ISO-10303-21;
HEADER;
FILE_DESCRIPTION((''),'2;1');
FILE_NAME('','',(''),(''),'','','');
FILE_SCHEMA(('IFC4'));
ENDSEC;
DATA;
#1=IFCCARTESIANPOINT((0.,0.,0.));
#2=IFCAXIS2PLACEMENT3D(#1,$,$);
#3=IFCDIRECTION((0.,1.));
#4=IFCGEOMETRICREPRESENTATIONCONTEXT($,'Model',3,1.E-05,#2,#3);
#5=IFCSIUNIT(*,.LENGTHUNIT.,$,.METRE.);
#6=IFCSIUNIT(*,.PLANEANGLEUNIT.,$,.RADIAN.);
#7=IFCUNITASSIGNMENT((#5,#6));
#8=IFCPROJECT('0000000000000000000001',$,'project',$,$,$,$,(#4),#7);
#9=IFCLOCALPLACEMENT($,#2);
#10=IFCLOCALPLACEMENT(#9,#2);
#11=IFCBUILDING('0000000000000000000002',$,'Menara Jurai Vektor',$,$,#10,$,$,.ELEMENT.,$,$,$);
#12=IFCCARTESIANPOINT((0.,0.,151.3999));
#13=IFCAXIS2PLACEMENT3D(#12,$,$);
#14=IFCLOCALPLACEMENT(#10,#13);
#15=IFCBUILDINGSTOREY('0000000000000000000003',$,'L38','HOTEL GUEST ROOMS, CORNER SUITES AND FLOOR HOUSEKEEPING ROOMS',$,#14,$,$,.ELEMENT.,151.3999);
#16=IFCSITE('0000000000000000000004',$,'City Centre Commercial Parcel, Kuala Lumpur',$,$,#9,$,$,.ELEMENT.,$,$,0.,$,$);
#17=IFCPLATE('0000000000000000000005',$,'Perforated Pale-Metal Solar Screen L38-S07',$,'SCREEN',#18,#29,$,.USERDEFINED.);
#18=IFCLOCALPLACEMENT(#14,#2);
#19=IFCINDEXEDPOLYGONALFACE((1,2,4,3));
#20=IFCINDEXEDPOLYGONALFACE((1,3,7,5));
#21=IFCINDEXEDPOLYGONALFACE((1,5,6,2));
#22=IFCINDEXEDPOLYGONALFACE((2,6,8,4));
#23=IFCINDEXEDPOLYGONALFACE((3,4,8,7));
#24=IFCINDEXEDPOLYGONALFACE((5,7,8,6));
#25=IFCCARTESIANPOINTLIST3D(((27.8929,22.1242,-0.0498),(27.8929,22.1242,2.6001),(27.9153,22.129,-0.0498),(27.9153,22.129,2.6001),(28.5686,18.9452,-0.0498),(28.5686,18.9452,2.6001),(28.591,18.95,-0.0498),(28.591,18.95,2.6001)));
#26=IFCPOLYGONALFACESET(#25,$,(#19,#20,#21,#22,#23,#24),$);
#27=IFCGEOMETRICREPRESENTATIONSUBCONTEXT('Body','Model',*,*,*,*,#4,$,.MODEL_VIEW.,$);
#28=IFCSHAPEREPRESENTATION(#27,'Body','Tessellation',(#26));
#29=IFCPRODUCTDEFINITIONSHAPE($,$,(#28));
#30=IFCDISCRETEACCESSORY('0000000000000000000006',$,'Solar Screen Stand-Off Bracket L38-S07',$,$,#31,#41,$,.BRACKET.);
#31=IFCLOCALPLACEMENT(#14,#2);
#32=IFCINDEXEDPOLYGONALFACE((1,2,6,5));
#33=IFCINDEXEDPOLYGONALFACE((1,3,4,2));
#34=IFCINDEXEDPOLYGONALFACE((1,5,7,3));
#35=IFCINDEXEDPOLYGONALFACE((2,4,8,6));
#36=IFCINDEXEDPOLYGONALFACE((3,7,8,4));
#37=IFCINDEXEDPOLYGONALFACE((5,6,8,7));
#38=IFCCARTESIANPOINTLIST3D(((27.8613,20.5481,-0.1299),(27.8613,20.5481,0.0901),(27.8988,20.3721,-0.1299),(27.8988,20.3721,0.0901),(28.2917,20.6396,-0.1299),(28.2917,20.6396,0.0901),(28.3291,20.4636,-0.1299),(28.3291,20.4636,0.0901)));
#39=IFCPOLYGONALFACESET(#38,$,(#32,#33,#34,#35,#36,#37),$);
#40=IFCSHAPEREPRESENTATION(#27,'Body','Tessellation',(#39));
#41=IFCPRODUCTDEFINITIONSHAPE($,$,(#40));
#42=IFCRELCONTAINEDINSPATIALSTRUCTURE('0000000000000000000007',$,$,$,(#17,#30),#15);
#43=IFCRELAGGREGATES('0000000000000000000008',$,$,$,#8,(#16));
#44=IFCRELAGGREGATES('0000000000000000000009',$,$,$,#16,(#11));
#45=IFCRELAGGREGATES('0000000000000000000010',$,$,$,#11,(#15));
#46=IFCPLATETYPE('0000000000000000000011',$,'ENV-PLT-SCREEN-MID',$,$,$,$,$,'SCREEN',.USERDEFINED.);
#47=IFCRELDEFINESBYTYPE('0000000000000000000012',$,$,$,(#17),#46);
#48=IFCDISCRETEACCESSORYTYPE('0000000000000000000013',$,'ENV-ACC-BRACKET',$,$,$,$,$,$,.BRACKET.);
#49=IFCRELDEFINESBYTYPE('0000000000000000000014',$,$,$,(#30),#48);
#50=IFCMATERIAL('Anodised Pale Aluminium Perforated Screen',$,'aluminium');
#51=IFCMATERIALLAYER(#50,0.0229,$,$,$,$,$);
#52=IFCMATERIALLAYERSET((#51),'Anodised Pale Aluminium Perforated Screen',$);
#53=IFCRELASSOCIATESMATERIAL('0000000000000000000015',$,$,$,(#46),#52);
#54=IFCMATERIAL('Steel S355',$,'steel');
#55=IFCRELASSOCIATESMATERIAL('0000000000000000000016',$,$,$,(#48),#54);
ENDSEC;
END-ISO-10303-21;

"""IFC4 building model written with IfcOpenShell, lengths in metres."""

from ifc_helpers import new_model, si_unit, direction, frame, origin, origin_2d, place, context, subcontext, project, spatial, rectangle, extrude, material, layer, layer_set, type_object, element, save


model = new_model("IFC4")

# Units and contexts
model_context = context("Model", 3, precision=1e-05, world=origin(), true_north=direction((0.0, 1.0)))
body_context = subcontext(model_context, "Body", "Model", "MODEL_VIEW")
ifc_project = project(units=[si_unit("LENGTHUNIT", "METRE"), si_unit("PLANEANGLEUNIT", "RADIAN")], contexts=[model_context])

# Site, building, storey
site_placement = place(None, origin())
site = spatial("IfcSite", under=ifc_project, at=site_placement, Name="City Centre Commercial Parcel, Kuala Lumpur", CompositionType="ELEMENT", RefElevation=0.0)
building_placement = place(site_placement, origin())
building = spatial("IfcBuilding", under=site, at=building_placement, Name="Menara Jurai Vektor", CompositionType="ELEMENT")
storey_placement = place(building_placement, frame((0.0, 0.0, 151.3999)))
storey = spatial("IfcBuildingStorey", under=building, at=storey_placement, Name="L38", Description="HOTEL GUEST ROOMS, CORNER SUITES AND FLOOR HOUSEKEEPING ROOMS", CompositionType="ELEMENT", Elevation=151.3999)

# Shared definitions
ifc_material_1 = material(Name="Steel S355", Category="steel")

# Plate
ifc_material_2 = material(Name="Anodised Pale Aluminium Perforated Screen", Category="aluminium")
ifc_layer_1 = layer(ifc_material_2, 0.0229)
ifc_layer_set_1 = layer_set([ifc_layer_1], Name="Anodised Pale Aluminium Perforated Screen")
plate_type_1 = type_object("IfcPlateType", Name="ENV-PLT-SCREEN-MID", ElementType="SCREEN", PredefinedType="USERDEFINED", material=ifc_layer_set_1)
plate_1_placement = place(storey_placement, frame((28.2419, 20.5371, -0.0498), z_axis=(0.0, 0.0, 1.0), x_axis=(-0.207912, 0.978148, 0.0)))
element("IfcPlate", 1, at=plate_1_placement, inside=storey, type_object=plate_type_1, Name="Perforated Pale-Metal Solar Screen L38-S07", ObjectType="SCREEN", PredefinedType="USERDEFINED", context=body_context, shape_type="SweptSolid", body=[
    extrude(rectangle(XDim=3.25, YDim=0.0229, at=origin_2d()), origin(), (0.0, 0.0, 1.0), 2.6499),
])

# Discrete accessory
discrete_accessory_type = type_object("IfcDiscreteAccessoryType", Name="ENV-ACC-BRACKET", PredefinedType="BRACKET", material=ifc_material_1)
discrete_accessory_placement = place(storey_placement, frame((28.0952, 20.5059, -0.1299), z_axis=(0.0, 0.0, 1.0), x_axis=(-0.207912, 0.978148, 0.0)))
element("IfcDiscreteAccessory", 2, at=discrete_accessory_placement, inside=storey, type_object=discrete_accessory_type, Name="Solar Screen Stand-Off Bracket L38-S07", PredefinedType="BRACKET", context=body_context, shape_type="SweptSolid", body=[
    extrude(rectangle(XDim=0.1799, YDim=0.4399, at=origin_2d()), origin(), (0.0, 0.0, 1.0), 0.22),
])

save(model, "model.ifc")
